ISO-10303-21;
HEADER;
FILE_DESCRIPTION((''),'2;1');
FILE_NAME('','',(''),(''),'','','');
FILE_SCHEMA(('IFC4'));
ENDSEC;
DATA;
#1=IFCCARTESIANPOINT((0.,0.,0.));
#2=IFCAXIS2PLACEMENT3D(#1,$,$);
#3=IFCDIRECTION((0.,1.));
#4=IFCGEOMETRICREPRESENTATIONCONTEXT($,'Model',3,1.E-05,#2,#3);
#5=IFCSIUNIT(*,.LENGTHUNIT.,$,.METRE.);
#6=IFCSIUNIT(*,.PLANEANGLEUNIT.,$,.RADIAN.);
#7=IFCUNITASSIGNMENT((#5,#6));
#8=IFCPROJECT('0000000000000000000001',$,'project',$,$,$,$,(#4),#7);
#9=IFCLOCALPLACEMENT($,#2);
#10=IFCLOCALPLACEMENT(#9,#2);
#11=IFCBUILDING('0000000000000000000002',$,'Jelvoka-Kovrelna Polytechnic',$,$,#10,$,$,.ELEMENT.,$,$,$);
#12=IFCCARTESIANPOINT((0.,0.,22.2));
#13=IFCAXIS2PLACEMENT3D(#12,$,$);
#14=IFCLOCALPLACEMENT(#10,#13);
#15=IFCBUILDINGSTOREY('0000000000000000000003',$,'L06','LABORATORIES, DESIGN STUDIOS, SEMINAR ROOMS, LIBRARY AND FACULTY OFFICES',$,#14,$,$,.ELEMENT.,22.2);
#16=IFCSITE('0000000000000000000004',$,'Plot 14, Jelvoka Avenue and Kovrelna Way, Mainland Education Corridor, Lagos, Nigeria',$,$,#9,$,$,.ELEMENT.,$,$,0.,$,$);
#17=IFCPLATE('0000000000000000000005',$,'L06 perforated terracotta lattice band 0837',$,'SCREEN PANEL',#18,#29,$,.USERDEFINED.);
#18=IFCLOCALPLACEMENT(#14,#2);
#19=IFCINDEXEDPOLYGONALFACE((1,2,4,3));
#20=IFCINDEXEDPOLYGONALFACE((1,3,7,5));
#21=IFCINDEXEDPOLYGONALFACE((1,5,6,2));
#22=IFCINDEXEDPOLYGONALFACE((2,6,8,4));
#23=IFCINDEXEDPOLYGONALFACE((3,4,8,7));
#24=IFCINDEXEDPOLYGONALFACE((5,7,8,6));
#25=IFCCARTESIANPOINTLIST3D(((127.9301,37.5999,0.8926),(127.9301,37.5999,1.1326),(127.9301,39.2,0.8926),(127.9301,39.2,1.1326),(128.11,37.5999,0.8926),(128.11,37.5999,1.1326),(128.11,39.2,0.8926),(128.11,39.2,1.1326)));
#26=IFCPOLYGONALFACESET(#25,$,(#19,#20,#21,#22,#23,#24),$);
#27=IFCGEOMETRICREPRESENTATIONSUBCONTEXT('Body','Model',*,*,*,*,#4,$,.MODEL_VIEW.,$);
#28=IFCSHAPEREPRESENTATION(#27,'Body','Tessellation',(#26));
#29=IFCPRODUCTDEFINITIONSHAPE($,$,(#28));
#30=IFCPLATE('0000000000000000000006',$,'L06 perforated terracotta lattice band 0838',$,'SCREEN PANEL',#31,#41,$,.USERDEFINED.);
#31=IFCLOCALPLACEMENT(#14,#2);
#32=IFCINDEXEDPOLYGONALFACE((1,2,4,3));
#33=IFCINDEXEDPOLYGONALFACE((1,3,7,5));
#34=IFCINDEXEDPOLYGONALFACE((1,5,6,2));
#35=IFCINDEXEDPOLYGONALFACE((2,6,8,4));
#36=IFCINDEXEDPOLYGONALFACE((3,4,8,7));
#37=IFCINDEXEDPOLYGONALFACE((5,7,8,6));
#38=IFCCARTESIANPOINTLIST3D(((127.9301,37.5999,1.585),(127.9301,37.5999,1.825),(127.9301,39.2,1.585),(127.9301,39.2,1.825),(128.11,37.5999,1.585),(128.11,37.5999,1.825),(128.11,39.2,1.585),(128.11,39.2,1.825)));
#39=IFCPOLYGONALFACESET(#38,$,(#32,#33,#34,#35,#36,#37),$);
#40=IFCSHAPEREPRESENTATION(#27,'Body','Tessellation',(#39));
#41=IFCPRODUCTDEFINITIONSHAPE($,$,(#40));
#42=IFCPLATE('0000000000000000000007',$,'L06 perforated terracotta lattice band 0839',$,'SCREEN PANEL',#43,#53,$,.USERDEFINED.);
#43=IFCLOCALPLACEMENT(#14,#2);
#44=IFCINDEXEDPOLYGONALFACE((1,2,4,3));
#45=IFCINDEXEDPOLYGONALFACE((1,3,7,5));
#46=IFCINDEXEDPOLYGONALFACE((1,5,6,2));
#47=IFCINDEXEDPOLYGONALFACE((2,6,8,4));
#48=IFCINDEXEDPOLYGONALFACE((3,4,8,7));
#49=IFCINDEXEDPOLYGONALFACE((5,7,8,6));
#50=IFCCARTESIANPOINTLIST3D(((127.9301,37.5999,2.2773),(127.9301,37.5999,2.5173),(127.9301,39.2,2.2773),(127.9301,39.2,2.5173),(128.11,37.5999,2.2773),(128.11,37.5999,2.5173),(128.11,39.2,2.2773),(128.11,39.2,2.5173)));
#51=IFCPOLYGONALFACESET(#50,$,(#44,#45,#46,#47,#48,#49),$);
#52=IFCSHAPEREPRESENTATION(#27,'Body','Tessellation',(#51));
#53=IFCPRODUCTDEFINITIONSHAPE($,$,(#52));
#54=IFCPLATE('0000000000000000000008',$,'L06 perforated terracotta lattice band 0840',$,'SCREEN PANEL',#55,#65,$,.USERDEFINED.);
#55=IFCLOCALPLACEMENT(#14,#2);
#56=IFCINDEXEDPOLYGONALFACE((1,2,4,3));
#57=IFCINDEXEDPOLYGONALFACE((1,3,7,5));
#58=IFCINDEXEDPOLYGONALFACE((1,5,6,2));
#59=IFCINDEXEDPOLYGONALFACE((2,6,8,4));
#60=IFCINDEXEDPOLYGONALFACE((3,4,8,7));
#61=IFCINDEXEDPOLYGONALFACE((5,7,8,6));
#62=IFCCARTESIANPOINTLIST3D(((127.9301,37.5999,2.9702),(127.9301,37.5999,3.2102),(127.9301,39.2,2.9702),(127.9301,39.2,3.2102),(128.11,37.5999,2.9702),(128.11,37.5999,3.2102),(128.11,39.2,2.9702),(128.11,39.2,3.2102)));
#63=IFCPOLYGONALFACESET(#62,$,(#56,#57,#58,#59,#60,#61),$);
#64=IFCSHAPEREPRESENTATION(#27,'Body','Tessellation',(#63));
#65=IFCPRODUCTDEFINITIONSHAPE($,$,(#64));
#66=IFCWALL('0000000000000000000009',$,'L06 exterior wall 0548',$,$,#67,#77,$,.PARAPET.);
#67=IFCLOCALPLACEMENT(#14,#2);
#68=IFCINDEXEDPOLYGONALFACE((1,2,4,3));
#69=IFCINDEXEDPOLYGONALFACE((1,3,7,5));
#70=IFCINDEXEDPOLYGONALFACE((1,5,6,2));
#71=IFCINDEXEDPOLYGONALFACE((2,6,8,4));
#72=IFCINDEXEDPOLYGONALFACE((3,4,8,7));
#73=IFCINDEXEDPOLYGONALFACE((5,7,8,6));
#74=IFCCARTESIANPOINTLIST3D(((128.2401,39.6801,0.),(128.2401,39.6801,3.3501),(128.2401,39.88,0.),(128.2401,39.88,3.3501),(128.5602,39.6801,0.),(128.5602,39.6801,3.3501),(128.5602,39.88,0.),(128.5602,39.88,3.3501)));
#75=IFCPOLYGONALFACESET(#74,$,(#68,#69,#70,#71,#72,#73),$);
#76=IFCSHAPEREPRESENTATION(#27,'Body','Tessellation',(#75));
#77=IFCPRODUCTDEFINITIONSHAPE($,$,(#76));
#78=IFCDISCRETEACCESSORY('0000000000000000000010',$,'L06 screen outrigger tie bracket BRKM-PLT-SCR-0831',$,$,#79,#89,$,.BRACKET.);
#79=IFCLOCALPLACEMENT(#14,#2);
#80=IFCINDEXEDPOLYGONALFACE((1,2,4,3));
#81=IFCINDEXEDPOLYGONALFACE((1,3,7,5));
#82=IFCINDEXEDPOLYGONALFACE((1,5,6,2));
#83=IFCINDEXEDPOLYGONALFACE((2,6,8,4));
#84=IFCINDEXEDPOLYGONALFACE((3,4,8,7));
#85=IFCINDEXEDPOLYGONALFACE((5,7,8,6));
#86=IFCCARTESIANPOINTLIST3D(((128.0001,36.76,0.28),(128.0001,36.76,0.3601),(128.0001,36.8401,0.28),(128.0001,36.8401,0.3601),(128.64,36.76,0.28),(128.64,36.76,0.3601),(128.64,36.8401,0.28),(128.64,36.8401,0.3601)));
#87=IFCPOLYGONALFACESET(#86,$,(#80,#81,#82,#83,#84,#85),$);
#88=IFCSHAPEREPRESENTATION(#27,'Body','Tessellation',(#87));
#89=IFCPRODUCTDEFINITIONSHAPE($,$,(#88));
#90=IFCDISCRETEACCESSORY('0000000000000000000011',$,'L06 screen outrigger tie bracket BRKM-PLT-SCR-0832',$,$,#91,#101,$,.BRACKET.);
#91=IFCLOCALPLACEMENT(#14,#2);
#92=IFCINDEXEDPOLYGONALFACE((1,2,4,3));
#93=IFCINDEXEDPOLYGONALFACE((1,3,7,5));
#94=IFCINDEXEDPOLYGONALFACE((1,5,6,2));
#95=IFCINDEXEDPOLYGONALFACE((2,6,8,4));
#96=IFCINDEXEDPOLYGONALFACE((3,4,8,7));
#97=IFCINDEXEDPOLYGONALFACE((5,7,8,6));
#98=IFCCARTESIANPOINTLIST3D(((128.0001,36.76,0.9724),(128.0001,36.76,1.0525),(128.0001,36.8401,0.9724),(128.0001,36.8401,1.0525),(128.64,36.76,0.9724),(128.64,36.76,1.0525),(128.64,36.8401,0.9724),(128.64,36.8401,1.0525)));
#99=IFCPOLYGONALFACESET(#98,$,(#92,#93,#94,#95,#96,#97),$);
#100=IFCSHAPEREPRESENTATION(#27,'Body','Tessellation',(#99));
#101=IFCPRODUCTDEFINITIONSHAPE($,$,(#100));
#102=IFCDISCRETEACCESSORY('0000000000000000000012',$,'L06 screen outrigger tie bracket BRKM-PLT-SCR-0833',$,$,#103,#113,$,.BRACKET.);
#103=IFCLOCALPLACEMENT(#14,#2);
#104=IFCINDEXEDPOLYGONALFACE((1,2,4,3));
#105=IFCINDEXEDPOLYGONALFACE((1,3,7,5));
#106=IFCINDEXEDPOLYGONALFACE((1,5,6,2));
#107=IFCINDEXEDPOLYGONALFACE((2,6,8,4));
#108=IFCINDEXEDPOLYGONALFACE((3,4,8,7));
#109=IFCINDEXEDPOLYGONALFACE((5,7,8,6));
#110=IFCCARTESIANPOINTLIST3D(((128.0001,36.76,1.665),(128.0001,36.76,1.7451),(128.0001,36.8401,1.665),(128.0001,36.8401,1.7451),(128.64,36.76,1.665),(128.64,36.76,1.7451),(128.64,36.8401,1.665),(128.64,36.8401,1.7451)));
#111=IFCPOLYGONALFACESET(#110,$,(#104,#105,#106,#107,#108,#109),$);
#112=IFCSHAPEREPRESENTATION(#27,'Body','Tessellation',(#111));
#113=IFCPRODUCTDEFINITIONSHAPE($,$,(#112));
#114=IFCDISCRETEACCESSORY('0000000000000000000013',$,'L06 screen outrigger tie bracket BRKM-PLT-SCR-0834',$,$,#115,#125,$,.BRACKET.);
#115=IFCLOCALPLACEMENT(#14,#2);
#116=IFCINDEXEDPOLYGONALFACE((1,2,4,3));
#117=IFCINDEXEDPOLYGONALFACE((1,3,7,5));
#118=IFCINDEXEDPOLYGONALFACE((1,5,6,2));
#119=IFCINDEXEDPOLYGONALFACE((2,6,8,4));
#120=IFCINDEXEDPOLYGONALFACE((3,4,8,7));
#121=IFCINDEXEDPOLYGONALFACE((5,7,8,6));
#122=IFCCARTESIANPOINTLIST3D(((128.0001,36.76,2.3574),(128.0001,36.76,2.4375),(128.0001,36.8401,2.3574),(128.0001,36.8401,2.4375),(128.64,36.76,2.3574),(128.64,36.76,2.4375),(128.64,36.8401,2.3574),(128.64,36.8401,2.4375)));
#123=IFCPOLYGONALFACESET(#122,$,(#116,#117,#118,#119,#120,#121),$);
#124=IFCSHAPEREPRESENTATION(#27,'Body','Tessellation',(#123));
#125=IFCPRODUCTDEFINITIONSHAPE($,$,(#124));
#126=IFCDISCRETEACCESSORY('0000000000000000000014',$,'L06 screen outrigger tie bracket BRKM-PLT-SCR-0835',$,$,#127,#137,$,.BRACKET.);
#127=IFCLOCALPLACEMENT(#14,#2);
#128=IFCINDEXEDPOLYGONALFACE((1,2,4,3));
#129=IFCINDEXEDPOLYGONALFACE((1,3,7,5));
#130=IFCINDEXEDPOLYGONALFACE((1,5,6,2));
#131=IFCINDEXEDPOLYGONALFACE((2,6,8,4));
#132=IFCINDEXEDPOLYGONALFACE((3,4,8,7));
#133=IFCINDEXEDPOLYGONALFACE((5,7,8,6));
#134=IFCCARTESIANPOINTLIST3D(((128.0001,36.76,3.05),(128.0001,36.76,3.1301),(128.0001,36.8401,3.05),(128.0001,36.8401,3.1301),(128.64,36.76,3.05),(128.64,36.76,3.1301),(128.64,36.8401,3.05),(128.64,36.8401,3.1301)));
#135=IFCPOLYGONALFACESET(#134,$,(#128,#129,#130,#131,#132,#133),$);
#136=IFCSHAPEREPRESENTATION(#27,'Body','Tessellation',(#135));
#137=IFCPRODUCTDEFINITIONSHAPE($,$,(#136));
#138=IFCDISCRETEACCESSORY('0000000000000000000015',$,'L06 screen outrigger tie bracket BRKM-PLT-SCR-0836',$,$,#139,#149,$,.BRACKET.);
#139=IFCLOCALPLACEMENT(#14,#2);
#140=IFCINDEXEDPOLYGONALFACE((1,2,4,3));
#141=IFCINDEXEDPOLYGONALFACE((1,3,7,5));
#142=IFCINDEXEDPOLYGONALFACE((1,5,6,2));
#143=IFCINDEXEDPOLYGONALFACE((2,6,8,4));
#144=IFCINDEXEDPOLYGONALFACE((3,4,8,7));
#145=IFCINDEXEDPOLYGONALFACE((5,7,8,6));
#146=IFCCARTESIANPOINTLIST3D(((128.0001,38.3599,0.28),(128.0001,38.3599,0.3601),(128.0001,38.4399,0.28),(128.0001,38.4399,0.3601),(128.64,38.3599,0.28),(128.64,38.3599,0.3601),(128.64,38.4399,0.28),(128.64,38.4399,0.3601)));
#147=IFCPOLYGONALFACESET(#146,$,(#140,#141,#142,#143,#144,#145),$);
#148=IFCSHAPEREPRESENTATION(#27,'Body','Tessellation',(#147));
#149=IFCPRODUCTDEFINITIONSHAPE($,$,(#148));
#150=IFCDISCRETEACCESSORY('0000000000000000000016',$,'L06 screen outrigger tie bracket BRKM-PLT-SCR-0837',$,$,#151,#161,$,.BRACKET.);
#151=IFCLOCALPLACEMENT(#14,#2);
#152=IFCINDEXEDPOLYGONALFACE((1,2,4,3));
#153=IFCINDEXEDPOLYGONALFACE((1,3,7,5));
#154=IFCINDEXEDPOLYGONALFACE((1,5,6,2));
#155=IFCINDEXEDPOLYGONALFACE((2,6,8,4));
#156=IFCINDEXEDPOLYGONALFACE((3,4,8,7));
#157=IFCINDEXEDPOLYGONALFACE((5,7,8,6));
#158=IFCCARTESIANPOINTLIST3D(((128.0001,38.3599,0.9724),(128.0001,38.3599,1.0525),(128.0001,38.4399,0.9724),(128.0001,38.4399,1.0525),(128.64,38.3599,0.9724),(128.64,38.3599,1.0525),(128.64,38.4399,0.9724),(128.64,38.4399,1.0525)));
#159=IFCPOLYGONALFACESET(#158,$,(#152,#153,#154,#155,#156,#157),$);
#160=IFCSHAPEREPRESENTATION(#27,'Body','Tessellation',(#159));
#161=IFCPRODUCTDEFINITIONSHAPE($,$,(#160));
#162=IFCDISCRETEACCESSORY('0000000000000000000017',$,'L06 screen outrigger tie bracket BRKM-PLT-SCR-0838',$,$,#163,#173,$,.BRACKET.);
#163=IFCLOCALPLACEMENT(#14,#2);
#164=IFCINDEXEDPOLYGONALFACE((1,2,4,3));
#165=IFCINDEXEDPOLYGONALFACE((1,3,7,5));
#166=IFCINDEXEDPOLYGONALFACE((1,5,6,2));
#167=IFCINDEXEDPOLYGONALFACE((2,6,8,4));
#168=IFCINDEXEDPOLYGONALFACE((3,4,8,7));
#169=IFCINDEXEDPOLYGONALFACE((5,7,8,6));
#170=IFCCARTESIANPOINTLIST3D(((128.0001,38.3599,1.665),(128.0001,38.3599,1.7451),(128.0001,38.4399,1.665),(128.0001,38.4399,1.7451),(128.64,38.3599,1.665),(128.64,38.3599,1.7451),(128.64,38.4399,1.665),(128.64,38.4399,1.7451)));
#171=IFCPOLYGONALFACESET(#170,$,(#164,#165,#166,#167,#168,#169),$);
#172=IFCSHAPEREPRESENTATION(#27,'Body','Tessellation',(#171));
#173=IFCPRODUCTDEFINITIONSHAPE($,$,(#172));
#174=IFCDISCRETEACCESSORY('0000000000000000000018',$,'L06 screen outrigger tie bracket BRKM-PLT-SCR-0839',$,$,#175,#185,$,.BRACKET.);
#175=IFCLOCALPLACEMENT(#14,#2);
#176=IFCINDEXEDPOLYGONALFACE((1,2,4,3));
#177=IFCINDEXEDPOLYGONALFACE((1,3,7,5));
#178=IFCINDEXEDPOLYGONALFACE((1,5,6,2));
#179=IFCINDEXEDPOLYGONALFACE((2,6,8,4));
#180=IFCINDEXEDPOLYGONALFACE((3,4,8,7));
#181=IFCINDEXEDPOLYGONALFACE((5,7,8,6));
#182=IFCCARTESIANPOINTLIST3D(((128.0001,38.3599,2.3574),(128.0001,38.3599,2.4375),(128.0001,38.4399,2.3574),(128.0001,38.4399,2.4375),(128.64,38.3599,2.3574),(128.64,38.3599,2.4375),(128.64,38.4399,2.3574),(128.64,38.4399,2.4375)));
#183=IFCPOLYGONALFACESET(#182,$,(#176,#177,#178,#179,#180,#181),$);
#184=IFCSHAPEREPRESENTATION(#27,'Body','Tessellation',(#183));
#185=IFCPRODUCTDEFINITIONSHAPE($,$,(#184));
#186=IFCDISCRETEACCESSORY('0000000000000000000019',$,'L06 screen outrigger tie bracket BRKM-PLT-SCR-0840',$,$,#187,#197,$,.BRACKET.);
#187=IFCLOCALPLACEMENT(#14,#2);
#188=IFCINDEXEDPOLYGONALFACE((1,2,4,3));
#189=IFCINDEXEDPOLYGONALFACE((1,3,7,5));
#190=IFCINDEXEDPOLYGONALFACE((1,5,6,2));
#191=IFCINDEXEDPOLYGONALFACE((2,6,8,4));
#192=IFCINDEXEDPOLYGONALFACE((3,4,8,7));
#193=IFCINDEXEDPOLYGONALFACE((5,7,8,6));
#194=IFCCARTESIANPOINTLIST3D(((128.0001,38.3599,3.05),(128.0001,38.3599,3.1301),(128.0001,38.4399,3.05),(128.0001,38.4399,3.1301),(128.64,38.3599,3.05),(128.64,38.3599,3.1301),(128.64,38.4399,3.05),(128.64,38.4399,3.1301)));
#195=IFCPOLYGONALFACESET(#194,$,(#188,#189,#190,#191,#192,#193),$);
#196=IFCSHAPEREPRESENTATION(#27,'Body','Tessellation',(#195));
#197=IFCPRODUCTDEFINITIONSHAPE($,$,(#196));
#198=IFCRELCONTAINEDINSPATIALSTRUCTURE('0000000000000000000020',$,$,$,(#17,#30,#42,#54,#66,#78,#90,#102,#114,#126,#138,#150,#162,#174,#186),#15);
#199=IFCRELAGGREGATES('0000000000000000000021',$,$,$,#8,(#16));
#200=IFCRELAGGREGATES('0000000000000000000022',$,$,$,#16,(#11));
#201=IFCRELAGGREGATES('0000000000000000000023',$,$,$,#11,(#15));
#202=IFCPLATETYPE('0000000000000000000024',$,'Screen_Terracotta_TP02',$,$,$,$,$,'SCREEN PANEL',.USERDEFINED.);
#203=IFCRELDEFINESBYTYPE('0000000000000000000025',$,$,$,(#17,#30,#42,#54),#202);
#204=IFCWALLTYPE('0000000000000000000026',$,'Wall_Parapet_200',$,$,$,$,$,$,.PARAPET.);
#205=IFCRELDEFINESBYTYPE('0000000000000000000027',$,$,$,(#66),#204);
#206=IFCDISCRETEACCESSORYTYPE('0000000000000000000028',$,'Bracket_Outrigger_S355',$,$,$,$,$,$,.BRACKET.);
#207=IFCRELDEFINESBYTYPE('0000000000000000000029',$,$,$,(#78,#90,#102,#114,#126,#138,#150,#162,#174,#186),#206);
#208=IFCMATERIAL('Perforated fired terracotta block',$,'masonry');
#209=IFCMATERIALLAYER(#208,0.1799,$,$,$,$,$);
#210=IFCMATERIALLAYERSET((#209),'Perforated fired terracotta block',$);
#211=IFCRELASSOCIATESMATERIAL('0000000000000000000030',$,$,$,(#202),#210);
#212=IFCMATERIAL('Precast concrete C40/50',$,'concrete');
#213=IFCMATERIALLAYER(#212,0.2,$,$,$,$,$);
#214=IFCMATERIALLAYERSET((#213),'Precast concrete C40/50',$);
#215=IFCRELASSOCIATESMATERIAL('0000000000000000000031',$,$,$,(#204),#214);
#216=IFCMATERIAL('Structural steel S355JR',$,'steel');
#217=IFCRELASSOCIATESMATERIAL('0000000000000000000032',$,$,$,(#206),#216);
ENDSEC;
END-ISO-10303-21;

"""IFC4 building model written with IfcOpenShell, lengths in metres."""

from ifc_helpers import new_model, si_unit, direction, frame, frame_2d, origin, origin_2d, place, context, subcontext, project, spatial, rectangle, extrude, material, layer, layer_set, type_object, element, save


model = new_model("IFC4")

# Units and contexts
model_context = context("Model", 3, precision=1e-05, world=origin(), true_north=direction((0.0, 1.0)))
body_context = subcontext(model_context, "Body", "Model", "MODEL_VIEW")
ifc_project = project(units=[si_unit("LENGTHUNIT", "METRE"), si_unit("PLANEANGLEUNIT", "RADIAN")], contexts=[model_context])

# Site, building, storey
site_placement = place(None, origin())
site = spatial("IfcSite", under=ifc_project, at=site_placement, Name="Plot 14, Jelvoka Avenue and Kovrelna Way, Mainland Education Corridor, Lagos, Nigeria", CompositionType="ELEMENT", RefElevation=0.0)
building_placement = place(site_placement, origin())
building = spatial("IfcBuilding", under=site, at=building_placement, Name="Jelvoka-Kovrelna Polytechnic", CompositionType="ELEMENT")
storey_placement = place(building_placement, frame((0.0, 0.0, 22.2)))
storey = spatial("IfcBuildingStorey", under=building, at=storey_placement, Name="L06", Description="LABORATORIES, DESIGN STUDIOS, SEMINAR ROOMS, LIBRARY AND FACULTY OFFICES", CompositionType="ELEMENT", Elevation=22.2)

# Plates
ifc_material_1 = material(Name="Perforated fired terracotta block", Category="masonry")
ifc_layer_1 = layer(ifc_material_1, 0.1799)
ifc_layer_set_1 = layer_set([ifc_layer_1], Name="Perforated fired terracotta block")
plate_type = type_object("IfcPlateType", Name="Screen_Terracotta_TP02", ElementType="SCREEN PANEL", PredefinedType="USERDEFINED", material=ifc_layer_set_1)
for number, where, z_axis, x_axis, name in (
    (1, (128.02, 38.3999, 0.8926), (0.0, 0.0, 1.0), (0.0, 1.0, 0.0), "L06 perforated terracotta lattice band 0837"),
    (2, (128.02, 38.3999, 1.585), (0.0, 0.0, 1.0), (0.0, 1.0, 0.0), "L06 perforated terracotta lattice band 0838"),
    (3, (128.02, 38.3999, 2.2773), (0.0, 0.0, 1.0), (0.0, 1.0, 0.0), "L06 perforated terracotta lattice band 0839"),
    (4, (128.02, 38.3999, 2.9702), (0.0, 0.0, 1.0), (0.0, 1.0, 0.0), "L06 perforated terracotta lattice band 0840"),
):
    element("IfcPlate", number, at=place(storey_placement, frame(where, z_axis=z_axis, x_axis=x_axis)), inside=storey, type_object=plate_type, Name=name, ObjectType="SCREEN PANEL", PredefinedType="USERDEFINED", context=body_context, shape_type="SweptSolid", body=[
        extrude(rectangle(XDim=1.6001, YDim=0.1799, at=origin_2d()), origin(), (0.0, 0.0, 1.0), 0.24),
    ])

# Wall
ifc_material_2 = material(Name="Precast concrete C40/50", Category="concrete")
ifc_layer_2 = layer(ifc_material_2, 0.2)
ifc_layer_set_2 = layer_set([ifc_layer_2], Name="Precast concrete C40/50")
wall_type = type_object("IfcWallType", Name="Wall_Parapet_200", PredefinedType="PARAPET", material=ifc_layer_set_2)
wall_placement = place(storey_placement, frame((128.24, 39.78, 0.0), z_axis=(0.0, 0.0, 1.0), x_axis=(1.0, 0.0, 0.0)))
element("IfcWall", 5, at=wall_placement, inside=storey, type_object=wall_type, Name="L06 exterior wall 0548", PredefinedType="PARAPET", context=body_context, shape_type="SweptSolid", body=[
    extrude(rectangle(XDim=0.3201, YDim=0.2, at=frame_2d((0.1602, 0.0))), origin(), (0.0, 0.0, 1.0), 3.3501),
])

# Discrete accessories
ifc_material_3 = material(Name="Structural steel S355JR", Category="steel")
discrete_accessory_type = type_object("IfcDiscreteAccessoryType", Name="Bracket_Outrigger_S355", PredefinedType="BRACKET", material=ifc_material_3)
for number, where, z_axis, x_axis, name in (
    (6, (128.3201, 36.8, 0.28), (0.0, 0.0, 1.0), (1.0, 0.0, 0.0), "L06 screen outrigger tie bracket BRKM-PLT-SCR-0831"),
    (7, (128.3201, 36.8, 0.9724), (0.0, 0.0, 1.0), (1.0, 0.0, 0.0), "L06 screen outrigger tie bracket BRKM-PLT-SCR-0832"),
    (8, (128.3201, 36.8, 1.665), (0.0, 0.0, 1.0), (1.0, 0.0, 0.0), "L06 screen outrigger tie bracket BRKM-PLT-SCR-0833"),
    (9, (128.3201, 36.8, 2.3574), (0.0, 0.0, 1.0), (1.0, 0.0, 0.0), "L06 screen outrigger tie bracket BRKM-PLT-SCR-0834"),
    (10, (128.3201, 36.8, 3.05), (0.0, 0.0, 1.0), (1.0, 0.0, 0.0), "L06 screen outrigger tie bracket BRKM-PLT-SCR-0835"),
    (11, (128.3201, 38.3999, 0.28), (0.0, 0.0, 1.0), (1.0, 0.0, 0.0), "L06 screen outrigger tie bracket BRKM-PLT-SCR-0836"),
    (12, (128.3201, 38.3999, 0.9724), (0.0, 0.0, 1.0), (1.0, 0.0, 0.0), "L06 screen outrigger tie bracket BRKM-PLT-SCR-0837"),
    (13, (128.3201, 38.3999, 1.665), (0.0, 0.0, 1.0), (1.0, 0.0, 0.0), "L06 screen outrigger tie bracket BRKM-PLT-SCR-0838"),
    (14, (128.3201, 38.3999, 2.3574), (0.0, 0.0, 1.0), (1.0, 0.0, 0.0), "L06 screen outrigger tie bracket BRKM-PLT-SCR-0839"),
    (15, (128.3201, 38.3999, 3.05), (0.0, 0.0, 1.0), (1.0, 0.0, 0.0), "L06 screen outrigger tie bracket BRKM-PLT-SCR-0840"),
):
    element("IfcDiscreteAccessory", number, at=place(storey_placement, frame(where, z_axis=z_axis, x_axis=x_axis)), inside=storey, type_object=discrete_accessory_type, Name=name, PredefinedType="BRACKET", context=body_context, shape_type="SweptSolid", body=[
        extrude(rectangle(XDim=0.6399, YDim=0.0801, at=origin_2d()), origin(), (0.0, 0.0, 1.0), 0.0801),
    ])

save(model, "model.ifc")
